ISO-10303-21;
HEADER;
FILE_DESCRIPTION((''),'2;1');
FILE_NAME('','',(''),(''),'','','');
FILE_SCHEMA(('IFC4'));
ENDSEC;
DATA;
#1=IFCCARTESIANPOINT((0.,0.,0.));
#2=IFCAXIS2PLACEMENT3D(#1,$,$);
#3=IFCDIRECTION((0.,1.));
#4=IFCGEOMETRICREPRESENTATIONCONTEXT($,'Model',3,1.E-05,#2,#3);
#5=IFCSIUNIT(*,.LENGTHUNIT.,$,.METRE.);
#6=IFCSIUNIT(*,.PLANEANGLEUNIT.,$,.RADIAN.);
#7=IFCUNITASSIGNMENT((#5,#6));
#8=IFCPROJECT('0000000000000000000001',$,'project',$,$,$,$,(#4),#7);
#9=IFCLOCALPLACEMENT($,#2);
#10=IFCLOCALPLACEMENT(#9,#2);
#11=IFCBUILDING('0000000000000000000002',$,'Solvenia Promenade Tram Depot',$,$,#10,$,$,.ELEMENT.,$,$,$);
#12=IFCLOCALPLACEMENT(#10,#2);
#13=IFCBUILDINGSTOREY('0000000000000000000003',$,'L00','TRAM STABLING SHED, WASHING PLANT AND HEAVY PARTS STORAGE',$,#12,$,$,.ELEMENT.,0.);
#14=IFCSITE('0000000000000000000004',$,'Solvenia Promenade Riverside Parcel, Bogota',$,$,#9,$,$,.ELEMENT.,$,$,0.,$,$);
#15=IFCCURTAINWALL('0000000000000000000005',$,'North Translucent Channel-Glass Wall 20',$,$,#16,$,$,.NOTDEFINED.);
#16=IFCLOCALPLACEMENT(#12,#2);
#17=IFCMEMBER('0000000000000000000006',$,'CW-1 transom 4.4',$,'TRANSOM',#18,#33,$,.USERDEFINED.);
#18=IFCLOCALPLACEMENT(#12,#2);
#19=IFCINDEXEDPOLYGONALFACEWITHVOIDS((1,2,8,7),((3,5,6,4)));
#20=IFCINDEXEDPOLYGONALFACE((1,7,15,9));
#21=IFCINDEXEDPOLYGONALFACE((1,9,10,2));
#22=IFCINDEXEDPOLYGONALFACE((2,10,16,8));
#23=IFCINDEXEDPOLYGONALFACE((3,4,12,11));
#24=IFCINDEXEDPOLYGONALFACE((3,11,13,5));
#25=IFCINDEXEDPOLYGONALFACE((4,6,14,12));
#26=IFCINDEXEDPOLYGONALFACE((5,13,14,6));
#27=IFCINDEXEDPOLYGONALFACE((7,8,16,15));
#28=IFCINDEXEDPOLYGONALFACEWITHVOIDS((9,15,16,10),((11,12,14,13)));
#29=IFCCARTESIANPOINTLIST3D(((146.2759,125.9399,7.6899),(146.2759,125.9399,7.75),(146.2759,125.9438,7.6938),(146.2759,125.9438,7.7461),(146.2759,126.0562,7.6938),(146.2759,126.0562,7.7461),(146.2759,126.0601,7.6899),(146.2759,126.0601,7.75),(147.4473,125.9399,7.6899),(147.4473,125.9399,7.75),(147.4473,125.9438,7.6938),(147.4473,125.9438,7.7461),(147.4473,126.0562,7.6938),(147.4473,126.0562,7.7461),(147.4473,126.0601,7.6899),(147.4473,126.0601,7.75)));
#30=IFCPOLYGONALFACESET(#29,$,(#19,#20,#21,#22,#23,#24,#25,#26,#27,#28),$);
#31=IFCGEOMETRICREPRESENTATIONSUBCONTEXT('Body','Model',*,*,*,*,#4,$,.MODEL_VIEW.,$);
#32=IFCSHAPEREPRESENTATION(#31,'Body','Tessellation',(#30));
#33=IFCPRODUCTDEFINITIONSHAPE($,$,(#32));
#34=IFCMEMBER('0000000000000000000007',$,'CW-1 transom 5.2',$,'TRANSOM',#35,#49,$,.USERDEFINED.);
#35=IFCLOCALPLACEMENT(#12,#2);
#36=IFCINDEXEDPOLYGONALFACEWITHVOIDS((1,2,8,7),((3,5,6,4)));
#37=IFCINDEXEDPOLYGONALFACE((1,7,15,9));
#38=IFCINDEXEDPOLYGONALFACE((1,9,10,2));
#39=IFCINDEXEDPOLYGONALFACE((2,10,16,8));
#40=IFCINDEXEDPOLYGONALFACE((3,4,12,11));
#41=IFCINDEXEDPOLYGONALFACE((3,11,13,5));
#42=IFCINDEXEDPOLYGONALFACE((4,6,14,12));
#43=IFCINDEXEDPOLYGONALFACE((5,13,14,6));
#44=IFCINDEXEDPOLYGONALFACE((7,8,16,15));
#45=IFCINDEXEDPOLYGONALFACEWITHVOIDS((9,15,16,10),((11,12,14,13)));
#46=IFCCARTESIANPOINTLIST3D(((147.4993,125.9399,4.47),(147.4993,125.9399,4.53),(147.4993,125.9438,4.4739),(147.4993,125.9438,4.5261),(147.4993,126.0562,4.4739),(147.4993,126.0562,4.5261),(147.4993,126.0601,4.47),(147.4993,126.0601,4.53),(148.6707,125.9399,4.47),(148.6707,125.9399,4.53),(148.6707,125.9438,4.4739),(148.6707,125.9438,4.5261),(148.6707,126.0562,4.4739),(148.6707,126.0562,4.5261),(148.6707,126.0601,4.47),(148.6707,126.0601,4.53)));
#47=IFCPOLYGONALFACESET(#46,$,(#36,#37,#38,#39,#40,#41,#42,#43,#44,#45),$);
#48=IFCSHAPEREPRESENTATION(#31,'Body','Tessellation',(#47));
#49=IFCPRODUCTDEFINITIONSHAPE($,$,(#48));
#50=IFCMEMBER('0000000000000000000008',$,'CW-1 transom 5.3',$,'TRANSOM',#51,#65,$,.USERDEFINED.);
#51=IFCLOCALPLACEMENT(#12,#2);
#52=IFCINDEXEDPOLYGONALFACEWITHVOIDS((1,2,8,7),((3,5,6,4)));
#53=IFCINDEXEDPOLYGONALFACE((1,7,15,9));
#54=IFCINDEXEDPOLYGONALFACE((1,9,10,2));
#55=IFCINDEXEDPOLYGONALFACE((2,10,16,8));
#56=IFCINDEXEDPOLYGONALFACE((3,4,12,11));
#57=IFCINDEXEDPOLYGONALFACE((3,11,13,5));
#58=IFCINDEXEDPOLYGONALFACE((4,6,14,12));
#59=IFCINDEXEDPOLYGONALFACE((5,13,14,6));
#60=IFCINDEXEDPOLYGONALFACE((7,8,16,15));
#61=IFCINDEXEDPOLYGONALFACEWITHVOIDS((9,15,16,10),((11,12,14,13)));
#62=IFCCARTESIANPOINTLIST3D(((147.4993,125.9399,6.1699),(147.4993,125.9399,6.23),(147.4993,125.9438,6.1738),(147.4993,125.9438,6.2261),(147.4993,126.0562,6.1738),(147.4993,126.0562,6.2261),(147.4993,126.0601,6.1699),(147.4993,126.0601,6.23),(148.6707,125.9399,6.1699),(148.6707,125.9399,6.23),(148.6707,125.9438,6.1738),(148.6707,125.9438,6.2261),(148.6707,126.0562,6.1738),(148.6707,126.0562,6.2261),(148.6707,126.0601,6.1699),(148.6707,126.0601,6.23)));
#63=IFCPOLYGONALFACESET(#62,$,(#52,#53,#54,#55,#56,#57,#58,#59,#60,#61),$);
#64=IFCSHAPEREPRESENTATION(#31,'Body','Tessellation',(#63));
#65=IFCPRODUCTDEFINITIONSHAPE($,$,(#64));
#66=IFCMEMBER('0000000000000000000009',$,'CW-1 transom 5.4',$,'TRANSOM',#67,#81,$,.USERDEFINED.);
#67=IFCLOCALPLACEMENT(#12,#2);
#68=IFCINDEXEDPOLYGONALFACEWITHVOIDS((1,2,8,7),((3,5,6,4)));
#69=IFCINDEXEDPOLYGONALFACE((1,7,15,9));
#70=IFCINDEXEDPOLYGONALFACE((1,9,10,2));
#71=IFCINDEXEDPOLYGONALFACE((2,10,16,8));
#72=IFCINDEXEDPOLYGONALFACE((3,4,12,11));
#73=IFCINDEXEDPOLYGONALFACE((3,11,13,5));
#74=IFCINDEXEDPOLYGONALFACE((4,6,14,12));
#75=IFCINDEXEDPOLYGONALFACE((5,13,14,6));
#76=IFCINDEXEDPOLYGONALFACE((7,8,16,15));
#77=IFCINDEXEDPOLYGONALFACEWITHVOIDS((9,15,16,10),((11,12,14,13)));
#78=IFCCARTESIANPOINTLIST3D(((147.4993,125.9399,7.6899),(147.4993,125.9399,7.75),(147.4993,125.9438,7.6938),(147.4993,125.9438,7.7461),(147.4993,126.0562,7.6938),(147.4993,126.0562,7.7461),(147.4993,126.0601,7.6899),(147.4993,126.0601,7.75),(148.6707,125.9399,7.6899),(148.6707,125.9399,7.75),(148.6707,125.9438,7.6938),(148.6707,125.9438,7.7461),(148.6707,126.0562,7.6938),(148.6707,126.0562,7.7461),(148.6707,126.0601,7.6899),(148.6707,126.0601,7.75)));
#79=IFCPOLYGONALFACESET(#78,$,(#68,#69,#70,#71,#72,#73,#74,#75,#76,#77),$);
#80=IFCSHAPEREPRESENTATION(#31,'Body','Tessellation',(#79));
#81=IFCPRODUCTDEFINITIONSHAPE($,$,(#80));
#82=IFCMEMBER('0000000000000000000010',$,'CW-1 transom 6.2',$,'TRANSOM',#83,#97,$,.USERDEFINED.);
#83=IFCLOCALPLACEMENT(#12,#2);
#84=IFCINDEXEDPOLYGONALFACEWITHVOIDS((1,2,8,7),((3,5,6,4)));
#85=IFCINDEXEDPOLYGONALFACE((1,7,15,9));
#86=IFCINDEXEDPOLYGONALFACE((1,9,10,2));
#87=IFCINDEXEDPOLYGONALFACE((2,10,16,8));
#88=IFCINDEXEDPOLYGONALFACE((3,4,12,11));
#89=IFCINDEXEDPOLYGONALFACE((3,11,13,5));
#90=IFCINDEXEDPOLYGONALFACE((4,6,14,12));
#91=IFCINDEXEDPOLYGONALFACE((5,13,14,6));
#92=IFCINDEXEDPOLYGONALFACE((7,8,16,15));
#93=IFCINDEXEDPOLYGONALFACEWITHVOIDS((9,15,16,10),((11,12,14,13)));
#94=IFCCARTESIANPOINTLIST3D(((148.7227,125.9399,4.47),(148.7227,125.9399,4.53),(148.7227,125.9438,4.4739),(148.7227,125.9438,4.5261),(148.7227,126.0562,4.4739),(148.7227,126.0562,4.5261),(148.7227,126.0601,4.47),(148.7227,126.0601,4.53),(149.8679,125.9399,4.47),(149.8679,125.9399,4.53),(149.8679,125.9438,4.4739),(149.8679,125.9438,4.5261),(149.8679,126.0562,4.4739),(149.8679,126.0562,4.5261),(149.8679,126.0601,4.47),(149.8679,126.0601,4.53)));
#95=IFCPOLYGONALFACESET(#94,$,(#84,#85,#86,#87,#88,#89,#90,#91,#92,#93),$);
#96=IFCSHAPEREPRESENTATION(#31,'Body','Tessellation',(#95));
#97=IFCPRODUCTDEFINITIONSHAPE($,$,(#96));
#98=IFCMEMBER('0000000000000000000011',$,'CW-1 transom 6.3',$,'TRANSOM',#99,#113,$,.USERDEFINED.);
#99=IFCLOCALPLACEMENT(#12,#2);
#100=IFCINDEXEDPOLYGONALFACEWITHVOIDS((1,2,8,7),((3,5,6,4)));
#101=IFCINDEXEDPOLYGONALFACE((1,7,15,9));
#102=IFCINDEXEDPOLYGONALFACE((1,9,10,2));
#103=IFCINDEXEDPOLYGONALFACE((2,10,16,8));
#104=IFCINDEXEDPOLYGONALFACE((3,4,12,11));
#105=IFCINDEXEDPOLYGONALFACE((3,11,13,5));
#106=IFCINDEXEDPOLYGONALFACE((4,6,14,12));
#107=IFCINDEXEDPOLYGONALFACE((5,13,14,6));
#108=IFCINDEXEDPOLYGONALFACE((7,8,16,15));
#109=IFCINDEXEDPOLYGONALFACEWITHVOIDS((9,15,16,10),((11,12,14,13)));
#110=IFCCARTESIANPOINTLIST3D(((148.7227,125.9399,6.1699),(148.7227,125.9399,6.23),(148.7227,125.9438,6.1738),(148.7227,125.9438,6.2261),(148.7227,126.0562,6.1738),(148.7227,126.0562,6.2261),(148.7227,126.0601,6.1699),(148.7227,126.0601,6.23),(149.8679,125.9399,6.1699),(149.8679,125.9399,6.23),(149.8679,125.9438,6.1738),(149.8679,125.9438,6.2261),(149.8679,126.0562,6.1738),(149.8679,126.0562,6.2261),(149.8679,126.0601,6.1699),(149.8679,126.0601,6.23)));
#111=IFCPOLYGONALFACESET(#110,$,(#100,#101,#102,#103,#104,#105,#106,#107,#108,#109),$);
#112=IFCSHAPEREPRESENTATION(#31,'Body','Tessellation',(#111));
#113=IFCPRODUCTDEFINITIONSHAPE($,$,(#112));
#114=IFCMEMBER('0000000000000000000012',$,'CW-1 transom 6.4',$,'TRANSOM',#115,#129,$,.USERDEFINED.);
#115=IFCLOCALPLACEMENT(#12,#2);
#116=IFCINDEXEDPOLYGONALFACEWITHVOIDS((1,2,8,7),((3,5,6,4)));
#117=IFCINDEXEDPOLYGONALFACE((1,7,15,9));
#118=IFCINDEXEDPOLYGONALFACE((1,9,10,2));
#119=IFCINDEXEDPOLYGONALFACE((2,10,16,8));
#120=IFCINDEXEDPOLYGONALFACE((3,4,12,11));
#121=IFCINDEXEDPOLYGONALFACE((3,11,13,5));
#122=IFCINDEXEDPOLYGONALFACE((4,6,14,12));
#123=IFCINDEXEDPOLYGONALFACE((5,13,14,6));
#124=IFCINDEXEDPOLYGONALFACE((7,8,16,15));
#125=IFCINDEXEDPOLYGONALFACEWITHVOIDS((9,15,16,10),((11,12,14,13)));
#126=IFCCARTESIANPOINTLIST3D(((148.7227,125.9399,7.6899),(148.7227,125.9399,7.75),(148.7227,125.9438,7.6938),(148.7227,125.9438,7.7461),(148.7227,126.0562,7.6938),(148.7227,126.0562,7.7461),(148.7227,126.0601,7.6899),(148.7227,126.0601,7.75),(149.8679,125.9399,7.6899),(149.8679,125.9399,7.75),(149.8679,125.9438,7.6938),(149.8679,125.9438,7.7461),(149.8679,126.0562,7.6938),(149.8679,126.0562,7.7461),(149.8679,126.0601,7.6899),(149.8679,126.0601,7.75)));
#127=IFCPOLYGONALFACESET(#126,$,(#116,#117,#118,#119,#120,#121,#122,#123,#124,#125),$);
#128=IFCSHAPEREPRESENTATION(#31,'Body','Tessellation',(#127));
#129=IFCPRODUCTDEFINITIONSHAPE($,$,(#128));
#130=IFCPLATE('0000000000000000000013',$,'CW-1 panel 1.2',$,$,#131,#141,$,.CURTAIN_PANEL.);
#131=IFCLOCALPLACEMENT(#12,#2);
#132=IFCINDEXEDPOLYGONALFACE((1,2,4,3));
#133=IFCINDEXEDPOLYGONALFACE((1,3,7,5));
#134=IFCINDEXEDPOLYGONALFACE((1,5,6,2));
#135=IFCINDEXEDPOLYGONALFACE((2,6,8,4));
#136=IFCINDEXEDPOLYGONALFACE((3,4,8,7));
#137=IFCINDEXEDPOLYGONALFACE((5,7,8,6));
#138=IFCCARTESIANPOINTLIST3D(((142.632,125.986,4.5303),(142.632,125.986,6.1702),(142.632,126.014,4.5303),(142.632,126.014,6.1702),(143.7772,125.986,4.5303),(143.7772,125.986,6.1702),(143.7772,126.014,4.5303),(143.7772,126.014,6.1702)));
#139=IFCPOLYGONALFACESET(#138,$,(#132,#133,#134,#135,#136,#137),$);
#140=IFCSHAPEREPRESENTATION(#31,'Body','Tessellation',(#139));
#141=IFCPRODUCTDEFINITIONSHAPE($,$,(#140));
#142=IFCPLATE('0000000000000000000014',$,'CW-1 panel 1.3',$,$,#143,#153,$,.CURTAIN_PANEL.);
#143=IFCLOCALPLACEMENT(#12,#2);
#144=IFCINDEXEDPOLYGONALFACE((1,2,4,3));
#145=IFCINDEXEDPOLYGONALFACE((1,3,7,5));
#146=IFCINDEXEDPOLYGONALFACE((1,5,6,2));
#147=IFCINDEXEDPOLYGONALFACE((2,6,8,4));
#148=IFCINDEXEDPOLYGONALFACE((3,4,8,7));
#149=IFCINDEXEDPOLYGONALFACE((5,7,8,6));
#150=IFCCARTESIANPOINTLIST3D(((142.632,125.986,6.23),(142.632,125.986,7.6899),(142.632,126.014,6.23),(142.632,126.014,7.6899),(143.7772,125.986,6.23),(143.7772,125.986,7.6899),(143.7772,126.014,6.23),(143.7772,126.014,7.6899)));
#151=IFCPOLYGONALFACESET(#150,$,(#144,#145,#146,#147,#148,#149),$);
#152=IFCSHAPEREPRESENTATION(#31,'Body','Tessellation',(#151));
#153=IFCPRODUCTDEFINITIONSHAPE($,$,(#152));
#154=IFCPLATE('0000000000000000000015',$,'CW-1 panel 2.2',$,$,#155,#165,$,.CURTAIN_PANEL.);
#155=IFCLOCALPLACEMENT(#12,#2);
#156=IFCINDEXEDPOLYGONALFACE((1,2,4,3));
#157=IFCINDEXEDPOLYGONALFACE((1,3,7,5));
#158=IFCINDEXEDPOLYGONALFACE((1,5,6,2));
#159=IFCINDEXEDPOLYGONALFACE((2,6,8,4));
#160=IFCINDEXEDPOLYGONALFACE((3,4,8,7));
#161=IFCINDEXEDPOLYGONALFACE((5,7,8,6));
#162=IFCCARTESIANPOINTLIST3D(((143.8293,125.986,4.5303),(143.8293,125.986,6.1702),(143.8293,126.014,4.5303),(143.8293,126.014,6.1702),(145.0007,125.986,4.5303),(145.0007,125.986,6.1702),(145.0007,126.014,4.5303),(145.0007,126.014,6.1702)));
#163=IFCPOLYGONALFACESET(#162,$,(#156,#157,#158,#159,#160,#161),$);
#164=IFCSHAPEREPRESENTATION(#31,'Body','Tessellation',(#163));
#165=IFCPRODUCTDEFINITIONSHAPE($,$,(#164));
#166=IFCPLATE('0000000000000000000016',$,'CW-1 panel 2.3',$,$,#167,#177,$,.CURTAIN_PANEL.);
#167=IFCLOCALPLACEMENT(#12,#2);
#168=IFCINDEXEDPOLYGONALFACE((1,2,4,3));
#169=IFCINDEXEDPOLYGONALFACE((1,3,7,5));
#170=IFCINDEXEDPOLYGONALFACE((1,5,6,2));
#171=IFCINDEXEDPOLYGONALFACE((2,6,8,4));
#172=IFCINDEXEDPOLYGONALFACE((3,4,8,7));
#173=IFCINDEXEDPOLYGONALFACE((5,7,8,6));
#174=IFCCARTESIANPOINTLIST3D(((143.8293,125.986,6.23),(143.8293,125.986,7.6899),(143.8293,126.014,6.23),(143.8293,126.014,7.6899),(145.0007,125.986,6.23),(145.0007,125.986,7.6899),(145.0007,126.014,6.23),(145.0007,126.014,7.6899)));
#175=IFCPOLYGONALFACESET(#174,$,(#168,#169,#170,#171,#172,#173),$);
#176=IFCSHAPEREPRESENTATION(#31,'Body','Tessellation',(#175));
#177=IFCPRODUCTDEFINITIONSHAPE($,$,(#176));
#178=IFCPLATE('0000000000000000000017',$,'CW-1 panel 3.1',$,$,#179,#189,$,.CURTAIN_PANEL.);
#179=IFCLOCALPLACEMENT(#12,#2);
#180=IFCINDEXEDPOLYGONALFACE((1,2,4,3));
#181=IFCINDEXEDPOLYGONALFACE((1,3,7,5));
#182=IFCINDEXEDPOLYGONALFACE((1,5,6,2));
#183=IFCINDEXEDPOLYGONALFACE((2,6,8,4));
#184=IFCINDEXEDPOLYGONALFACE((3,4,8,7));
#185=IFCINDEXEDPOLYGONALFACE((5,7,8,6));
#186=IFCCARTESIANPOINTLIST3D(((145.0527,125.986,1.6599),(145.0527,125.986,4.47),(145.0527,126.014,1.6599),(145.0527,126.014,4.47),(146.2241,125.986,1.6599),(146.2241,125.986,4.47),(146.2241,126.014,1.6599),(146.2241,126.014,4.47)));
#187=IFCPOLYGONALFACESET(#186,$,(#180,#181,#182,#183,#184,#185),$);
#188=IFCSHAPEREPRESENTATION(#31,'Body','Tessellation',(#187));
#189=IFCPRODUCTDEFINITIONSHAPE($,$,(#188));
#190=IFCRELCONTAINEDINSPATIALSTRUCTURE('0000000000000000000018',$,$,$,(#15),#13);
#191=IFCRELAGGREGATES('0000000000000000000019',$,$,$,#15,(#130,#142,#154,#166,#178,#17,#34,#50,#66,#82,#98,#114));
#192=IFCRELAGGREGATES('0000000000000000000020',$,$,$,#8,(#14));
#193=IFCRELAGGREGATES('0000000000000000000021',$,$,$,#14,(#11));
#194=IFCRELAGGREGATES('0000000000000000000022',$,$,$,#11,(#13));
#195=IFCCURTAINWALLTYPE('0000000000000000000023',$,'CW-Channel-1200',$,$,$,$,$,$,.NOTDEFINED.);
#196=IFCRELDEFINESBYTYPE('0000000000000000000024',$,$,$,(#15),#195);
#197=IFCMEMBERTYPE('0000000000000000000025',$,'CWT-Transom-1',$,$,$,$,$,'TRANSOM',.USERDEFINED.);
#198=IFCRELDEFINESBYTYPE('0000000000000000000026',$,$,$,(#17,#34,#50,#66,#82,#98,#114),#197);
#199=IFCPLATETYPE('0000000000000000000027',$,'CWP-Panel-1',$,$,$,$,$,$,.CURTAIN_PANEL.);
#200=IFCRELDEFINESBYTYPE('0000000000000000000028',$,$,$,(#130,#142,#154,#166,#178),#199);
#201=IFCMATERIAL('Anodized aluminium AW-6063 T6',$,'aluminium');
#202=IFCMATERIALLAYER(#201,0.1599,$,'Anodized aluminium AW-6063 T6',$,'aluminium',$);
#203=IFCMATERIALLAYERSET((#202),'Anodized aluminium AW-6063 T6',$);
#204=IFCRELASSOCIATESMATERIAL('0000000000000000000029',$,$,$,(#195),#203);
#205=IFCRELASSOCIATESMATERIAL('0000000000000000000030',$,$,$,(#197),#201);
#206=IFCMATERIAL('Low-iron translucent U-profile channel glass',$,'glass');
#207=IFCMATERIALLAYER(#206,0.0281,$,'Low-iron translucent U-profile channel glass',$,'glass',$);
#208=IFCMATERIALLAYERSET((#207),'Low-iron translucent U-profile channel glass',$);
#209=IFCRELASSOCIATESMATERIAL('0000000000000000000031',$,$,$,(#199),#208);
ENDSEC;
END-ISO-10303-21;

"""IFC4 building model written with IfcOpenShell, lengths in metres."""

from ifc_helpers import new_model, si_unit, direction, frame, origin, origin_2d, place, context, subcontext, project, spatial, rectangle, hollow_rectangle, extrude, material, layer, layer_set, material_profile, profile_set, type_object, element, aggregate, save


model = new_model("IFC4")

# Units and contexts
model_context = context("Model", 3, precision=1e-05, world=origin(), true_north=direction((0.0, 1.0)))
body_context = subcontext(model_context, "Body", "Model", "MODEL_VIEW")
ifc_project = project(units=[si_unit("LENGTHUNIT", "METRE"), si_unit("PLANEANGLEUNIT", "RADIAN")], contexts=[model_context])

# Site, building, storey
site_placement = place(None, origin())
site = spatial("IfcSite", under=ifc_project, at=site_placement, Name="Solvenia Promenade Riverside Parcel, Bogota", CompositionType="ELEMENT", RefElevation=0.0)
building_placement = place(site_placement, origin())
building = spatial("IfcBuilding", under=site, at=building_placement, Name="Solvenia Promenade Tram Depot", CompositionType="ELEMENT")
storey_placement = place(building_placement, origin())
storey = spatial("IfcBuildingStorey", under=building, at=storey_placement, Name="L00", Description="TRAM STABLING SHED, WASHING PLANT AND HEAVY PARTS STORAGE", CompositionType="ELEMENT", Elevation=0.0)

# Curtain wall, members, plates
ifc_material_1 = material(Name="Anodized aluminium AW-6063 T6", Category="aluminium")
ifc_layer_1 = layer(ifc_material_1, 0.1599, Name="Anodized aluminium AW-6063 T6", Category="aluminium")
ifc_layer_set_1 = layer_set([ifc_layer_1], Name="Anodized aluminium AW-6063 T6")
curtain_wall_type = type_object("IfcCurtainWallType", Name="CW-Channel-1200", PredefinedType="NOTDEFINED", material=ifc_layer_set_1)
curtain_wall_placement = place(storey_placement, origin())
curtain_wall = element("IfcCurtainWall", 1, at=curtain_wall_placement, inside=storey, type_object=curtain_wall_type, Name="North Translucent Channel-Glass Wall 20", PredefinedType="NOTDEFINED")
ifc_material_profile = material_profile(ifc_material_1, hollow_rectangle(XDim=0.1201, YDim=0.0601, WallThickness=0.0039, at=origin_2d()), Name="ALU-T1", Category="aluminium")
ifc_profile_set = profile_set([ifc_material_profile], Name="Anodized aluminium AW-6063 T6")
member_type = type_object("IfcMemberType", Name="CWT-Transom-1", ElementType="TRANSOM", PredefinedType="USERDEFINED", material=ifc_profile_set)
member_1_placement = place(storey_placement, frame((146.2759, 126.0, 7.72), z_axis=(1.0, 0.0, 0.0), x_axis=(0.0, 1.0, 0.0)))
member_1 = element("IfcMember", 2, at=member_1_placement, type_object=member_type, Name="CW-1 transom 4.4", ObjectType="TRANSOM", PredefinedType="USERDEFINED", context=body_context, shape_type="SweptSolid", body=[
    extrude(hollow_rectangle(XDim=0.1201, YDim=0.0601, WallThickness=0.0039, at=origin_2d()), origin(), (0.0, 0.0, 1.0), 1.1714),
])
member_2_placement = place(storey_placement, frame((147.4993, 126.0, 4.5), z_axis=(1.0, 0.0, 0.0), x_axis=(0.0, 1.0, 0.0)))
member_2 = element("IfcMember", 3, at=member_2_placement, type_object=member_type, Name="CW-1 transom 5.2", ObjectType="TRANSOM", PredefinedType="USERDEFINED", context=body_context, shape_type="SweptSolid", body=[
    extrude(hollow_rectangle(XDim=0.1201, YDim=0.0601, WallThickness=0.0039, at=origin_2d()), origin(), (0.0, 0.0, 1.0), 1.1714),
])
member_3_placement = place(storey_placement, frame((147.4993, 126.0, 6.2), z_axis=(1.0, 0.0, 0.0), x_axis=(0.0, 1.0, 0.0)))
member_3 = element("IfcMember", 4, at=member_3_placement, type_object=member_type, Name="CW-1 transom 5.3", ObjectType="TRANSOM", PredefinedType="USERDEFINED", context=body_context, shape_type="SweptSolid", body=[
    extrude(hollow_rectangle(XDim=0.1201, YDim=0.0601, WallThickness=0.0039, at=origin_2d()), origin(), (0.0, 0.0, 1.0), 1.1714),
])
member_4_placement = place(storey_placement, frame((147.4993, 126.0, 7.72), z_axis=(1.0, 0.0, 0.0), x_axis=(0.0, 1.0, 0.0)))
member_4 = element("IfcMember", 5, at=member_4_placement, type_object=member_type, Name="CW-1 transom 5.4", ObjectType="TRANSOM", PredefinedType="USERDEFINED", context=body_context, shape_type="SweptSolid", body=[
    extrude(hollow_rectangle(XDim=0.1201, YDim=0.0601, WallThickness=0.0039, at=origin_2d()), origin(), (0.0, 0.0, 1.0), 1.1714),
])
member_5_placement = place(storey_placement, frame((148.7227, 126.0, 4.5), z_axis=(1.0, 0.0, 0.0), x_axis=(0.0, 1.0, 0.0)))
member_5 = element("IfcMember", 6, at=member_5_placement, type_object=member_type, Name="CW-1 transom 6.2", ObjectType="TRANSOM", PredefinedType="USERDEFINED", context=body_context, shape_type="SweptSolid", body=[
    extrude(hollow_rectangle(XDim=0.1201, YDim=0.0601, WallThickness=0.0039, at=origin_2d()), origin(), (0.0, 0.0, 1.0), 1.1453),
])
member_6_placement = place(storey_placement, frame((148.7227, 126.0, 6.2), z_axis=(1.0, 0.0, 0.0), x_axis=(0.0, 1.0, 0.0)))
member_6 = element("IfcMember", 7, at=member_6_placement, type_object=member_type, Name="CW-1 transom 6.3", ObjectType="TRANSOM", PredefinedType="USERDEFINED", context=body_context, shape_type="SweptSolid", body=[
    extrude(hollow_rectangle(XDim=0.1201, YDim=0.0601, WallThickness=0.0039, at=origin_2d()), origin(), (0.0, 0.0, 1.0), 1.1453),
])
member_7_placement = place(storey_placement, frame((148.7227, 126.0, 7.72), z_axis=(1.0, 0.0, 0.0), x_axis=(0.0, 1.0, 0.0)))
member_7 = element("IfcMember", 8, at=member_7_placement, type_object=member_type, Name="CW-1 transom 6.4", ObjectType="TRANSOM", PredefinedType="USERDEFINED", context=body_context, shape_type="SweptSolid", body=[
    extrude(hollow_rectangle(XDim=0.1201, YDim=0.0601, WallThickness=0.0039, at=origin_2d()), origin(), (0.0, 0.0, 1.0), 1.1453),
])
ifc_material_2 = material(Name="Low-iron translucent U-profile channel glass", Category="glass")
ifc_layer_2 = layer(ifc_material_2, 0.0281, Name="Low-iron translucent U-profile channel glass", Category="glass")
ifc_layer_set_2 = layer_set([ifc_layer_2], Name="Low-iron translucent U-profile channel glass")
plate_type_1 = type_object("IfcPlateType", Name="CWP-Panel-1", PredefinedType="CURTAIN_PANEL", material=ifc_layer_set_2)
plate_1_placement = place(storey_placement, frame((143.2046, 126.0, 4.5303), z_axis=(0.0, 0.0, 1.0), x_axis=(1.0, 0.0, 0.0)))
plate_1 = element("IfcPlate", 9, at=plate_1_placement, type_object=plate_type_1, Name="CW-1 panel 1.2", PredefinedType="CURTAIN_PANEL", context=body_context, shape_type="SweptSolid", body=[
    extrude(rectangle(XDim=1.1453, YDim=0.0281, at=origin_2d()), origin(), (0.0, 0.0, 1.0), 1.6399),
])
plate_2_placement = place(storey_placement, frame((143.2046, 126.0, 6.23), z_axis=(0.0, 0.0, 1.0), x_axis=(1.0, 0.0, 0.0)))
plate_2 = element("IfcPlate", 10, at=plate_2_placement, type_object=plate_type_1, Name="CW-1 panel 1.3", PredefinedType="CURTAIN_PANEL", context=body_context, shape_type="SweptSolid", body=[
    extrude(rectangle(XDim=1.1453, YDim=0.0281, at=origin_2d()), origin(), (0.0, 0.0, 1.0), 1.46),
])
plate_3_placement = place(storey_placement, frame((144.415, 126.0, 4.5303), z_axis=(0.0, 0.0, 1.0), x_axis=(1.0, 0.0, 0.0)))
plate_3 = element("IfcPlate", 11, at=plate_3_placement, type_object=plate_type_1, Name="CW-1 panel 2.2", PredefinedType="CURTAIN_PANEL", context=body_context, shape_type="SweptSolid", body=[
    extrude(rectangle(XDim=1.1714, YDim=0.0281, at=origin_2d()), origin(), (0.0, 0.0, 1.0), 1.6399),
])
plate_4_placement = place(storey_placement, frame((144.415, 126.0, 6.23), z_axis=(0.0, 0.0, 1.0), x_axis=(1.0, 0.0, 0.0)))
plate_4 = element("IfcPlate", 12, at=plate_4_placement, type_object=plate_type_1, Name="CW-1 panel 2.3", PredefinedType="CURTAIN_PANEL", context=body_context, shape_type="SweptSolid", body=[
    extrude(rectangle(XDim=1.1714, YDim=0.0281, at=origin_2d()), origin(), (0.0, 0.0, 1.0), 1.46),
])
plate_5_placement = place(storey_placement, frame((145.6384, 126.0, 1.6599), z_axis=(0.0, 0.0, 1.0), x_axis=(1.0, 0.0, 0.0)))
plate_5 = element("IfcPlate", 13, at=plate_5_placement, type_object=plate_type_1, Name="CW-1 panel 3.1", PredefinedType="CURTAIN_PANEL", context=body_context, shape_type="SweptSolid", body=[
    extrude(rectangle(XDim=1.1714, YDim=0.0281, at=origin_2d()), origin(), (0.0, 0.0, 1.0), 2.8101),
])
aggregate(curtain_wall, [plate_1, plate_2, plate_3, plate_4, plate_5, member_1, member_2, member_3, member_4, member_5, member_6, member_7])

save(model, "model.ifc")
